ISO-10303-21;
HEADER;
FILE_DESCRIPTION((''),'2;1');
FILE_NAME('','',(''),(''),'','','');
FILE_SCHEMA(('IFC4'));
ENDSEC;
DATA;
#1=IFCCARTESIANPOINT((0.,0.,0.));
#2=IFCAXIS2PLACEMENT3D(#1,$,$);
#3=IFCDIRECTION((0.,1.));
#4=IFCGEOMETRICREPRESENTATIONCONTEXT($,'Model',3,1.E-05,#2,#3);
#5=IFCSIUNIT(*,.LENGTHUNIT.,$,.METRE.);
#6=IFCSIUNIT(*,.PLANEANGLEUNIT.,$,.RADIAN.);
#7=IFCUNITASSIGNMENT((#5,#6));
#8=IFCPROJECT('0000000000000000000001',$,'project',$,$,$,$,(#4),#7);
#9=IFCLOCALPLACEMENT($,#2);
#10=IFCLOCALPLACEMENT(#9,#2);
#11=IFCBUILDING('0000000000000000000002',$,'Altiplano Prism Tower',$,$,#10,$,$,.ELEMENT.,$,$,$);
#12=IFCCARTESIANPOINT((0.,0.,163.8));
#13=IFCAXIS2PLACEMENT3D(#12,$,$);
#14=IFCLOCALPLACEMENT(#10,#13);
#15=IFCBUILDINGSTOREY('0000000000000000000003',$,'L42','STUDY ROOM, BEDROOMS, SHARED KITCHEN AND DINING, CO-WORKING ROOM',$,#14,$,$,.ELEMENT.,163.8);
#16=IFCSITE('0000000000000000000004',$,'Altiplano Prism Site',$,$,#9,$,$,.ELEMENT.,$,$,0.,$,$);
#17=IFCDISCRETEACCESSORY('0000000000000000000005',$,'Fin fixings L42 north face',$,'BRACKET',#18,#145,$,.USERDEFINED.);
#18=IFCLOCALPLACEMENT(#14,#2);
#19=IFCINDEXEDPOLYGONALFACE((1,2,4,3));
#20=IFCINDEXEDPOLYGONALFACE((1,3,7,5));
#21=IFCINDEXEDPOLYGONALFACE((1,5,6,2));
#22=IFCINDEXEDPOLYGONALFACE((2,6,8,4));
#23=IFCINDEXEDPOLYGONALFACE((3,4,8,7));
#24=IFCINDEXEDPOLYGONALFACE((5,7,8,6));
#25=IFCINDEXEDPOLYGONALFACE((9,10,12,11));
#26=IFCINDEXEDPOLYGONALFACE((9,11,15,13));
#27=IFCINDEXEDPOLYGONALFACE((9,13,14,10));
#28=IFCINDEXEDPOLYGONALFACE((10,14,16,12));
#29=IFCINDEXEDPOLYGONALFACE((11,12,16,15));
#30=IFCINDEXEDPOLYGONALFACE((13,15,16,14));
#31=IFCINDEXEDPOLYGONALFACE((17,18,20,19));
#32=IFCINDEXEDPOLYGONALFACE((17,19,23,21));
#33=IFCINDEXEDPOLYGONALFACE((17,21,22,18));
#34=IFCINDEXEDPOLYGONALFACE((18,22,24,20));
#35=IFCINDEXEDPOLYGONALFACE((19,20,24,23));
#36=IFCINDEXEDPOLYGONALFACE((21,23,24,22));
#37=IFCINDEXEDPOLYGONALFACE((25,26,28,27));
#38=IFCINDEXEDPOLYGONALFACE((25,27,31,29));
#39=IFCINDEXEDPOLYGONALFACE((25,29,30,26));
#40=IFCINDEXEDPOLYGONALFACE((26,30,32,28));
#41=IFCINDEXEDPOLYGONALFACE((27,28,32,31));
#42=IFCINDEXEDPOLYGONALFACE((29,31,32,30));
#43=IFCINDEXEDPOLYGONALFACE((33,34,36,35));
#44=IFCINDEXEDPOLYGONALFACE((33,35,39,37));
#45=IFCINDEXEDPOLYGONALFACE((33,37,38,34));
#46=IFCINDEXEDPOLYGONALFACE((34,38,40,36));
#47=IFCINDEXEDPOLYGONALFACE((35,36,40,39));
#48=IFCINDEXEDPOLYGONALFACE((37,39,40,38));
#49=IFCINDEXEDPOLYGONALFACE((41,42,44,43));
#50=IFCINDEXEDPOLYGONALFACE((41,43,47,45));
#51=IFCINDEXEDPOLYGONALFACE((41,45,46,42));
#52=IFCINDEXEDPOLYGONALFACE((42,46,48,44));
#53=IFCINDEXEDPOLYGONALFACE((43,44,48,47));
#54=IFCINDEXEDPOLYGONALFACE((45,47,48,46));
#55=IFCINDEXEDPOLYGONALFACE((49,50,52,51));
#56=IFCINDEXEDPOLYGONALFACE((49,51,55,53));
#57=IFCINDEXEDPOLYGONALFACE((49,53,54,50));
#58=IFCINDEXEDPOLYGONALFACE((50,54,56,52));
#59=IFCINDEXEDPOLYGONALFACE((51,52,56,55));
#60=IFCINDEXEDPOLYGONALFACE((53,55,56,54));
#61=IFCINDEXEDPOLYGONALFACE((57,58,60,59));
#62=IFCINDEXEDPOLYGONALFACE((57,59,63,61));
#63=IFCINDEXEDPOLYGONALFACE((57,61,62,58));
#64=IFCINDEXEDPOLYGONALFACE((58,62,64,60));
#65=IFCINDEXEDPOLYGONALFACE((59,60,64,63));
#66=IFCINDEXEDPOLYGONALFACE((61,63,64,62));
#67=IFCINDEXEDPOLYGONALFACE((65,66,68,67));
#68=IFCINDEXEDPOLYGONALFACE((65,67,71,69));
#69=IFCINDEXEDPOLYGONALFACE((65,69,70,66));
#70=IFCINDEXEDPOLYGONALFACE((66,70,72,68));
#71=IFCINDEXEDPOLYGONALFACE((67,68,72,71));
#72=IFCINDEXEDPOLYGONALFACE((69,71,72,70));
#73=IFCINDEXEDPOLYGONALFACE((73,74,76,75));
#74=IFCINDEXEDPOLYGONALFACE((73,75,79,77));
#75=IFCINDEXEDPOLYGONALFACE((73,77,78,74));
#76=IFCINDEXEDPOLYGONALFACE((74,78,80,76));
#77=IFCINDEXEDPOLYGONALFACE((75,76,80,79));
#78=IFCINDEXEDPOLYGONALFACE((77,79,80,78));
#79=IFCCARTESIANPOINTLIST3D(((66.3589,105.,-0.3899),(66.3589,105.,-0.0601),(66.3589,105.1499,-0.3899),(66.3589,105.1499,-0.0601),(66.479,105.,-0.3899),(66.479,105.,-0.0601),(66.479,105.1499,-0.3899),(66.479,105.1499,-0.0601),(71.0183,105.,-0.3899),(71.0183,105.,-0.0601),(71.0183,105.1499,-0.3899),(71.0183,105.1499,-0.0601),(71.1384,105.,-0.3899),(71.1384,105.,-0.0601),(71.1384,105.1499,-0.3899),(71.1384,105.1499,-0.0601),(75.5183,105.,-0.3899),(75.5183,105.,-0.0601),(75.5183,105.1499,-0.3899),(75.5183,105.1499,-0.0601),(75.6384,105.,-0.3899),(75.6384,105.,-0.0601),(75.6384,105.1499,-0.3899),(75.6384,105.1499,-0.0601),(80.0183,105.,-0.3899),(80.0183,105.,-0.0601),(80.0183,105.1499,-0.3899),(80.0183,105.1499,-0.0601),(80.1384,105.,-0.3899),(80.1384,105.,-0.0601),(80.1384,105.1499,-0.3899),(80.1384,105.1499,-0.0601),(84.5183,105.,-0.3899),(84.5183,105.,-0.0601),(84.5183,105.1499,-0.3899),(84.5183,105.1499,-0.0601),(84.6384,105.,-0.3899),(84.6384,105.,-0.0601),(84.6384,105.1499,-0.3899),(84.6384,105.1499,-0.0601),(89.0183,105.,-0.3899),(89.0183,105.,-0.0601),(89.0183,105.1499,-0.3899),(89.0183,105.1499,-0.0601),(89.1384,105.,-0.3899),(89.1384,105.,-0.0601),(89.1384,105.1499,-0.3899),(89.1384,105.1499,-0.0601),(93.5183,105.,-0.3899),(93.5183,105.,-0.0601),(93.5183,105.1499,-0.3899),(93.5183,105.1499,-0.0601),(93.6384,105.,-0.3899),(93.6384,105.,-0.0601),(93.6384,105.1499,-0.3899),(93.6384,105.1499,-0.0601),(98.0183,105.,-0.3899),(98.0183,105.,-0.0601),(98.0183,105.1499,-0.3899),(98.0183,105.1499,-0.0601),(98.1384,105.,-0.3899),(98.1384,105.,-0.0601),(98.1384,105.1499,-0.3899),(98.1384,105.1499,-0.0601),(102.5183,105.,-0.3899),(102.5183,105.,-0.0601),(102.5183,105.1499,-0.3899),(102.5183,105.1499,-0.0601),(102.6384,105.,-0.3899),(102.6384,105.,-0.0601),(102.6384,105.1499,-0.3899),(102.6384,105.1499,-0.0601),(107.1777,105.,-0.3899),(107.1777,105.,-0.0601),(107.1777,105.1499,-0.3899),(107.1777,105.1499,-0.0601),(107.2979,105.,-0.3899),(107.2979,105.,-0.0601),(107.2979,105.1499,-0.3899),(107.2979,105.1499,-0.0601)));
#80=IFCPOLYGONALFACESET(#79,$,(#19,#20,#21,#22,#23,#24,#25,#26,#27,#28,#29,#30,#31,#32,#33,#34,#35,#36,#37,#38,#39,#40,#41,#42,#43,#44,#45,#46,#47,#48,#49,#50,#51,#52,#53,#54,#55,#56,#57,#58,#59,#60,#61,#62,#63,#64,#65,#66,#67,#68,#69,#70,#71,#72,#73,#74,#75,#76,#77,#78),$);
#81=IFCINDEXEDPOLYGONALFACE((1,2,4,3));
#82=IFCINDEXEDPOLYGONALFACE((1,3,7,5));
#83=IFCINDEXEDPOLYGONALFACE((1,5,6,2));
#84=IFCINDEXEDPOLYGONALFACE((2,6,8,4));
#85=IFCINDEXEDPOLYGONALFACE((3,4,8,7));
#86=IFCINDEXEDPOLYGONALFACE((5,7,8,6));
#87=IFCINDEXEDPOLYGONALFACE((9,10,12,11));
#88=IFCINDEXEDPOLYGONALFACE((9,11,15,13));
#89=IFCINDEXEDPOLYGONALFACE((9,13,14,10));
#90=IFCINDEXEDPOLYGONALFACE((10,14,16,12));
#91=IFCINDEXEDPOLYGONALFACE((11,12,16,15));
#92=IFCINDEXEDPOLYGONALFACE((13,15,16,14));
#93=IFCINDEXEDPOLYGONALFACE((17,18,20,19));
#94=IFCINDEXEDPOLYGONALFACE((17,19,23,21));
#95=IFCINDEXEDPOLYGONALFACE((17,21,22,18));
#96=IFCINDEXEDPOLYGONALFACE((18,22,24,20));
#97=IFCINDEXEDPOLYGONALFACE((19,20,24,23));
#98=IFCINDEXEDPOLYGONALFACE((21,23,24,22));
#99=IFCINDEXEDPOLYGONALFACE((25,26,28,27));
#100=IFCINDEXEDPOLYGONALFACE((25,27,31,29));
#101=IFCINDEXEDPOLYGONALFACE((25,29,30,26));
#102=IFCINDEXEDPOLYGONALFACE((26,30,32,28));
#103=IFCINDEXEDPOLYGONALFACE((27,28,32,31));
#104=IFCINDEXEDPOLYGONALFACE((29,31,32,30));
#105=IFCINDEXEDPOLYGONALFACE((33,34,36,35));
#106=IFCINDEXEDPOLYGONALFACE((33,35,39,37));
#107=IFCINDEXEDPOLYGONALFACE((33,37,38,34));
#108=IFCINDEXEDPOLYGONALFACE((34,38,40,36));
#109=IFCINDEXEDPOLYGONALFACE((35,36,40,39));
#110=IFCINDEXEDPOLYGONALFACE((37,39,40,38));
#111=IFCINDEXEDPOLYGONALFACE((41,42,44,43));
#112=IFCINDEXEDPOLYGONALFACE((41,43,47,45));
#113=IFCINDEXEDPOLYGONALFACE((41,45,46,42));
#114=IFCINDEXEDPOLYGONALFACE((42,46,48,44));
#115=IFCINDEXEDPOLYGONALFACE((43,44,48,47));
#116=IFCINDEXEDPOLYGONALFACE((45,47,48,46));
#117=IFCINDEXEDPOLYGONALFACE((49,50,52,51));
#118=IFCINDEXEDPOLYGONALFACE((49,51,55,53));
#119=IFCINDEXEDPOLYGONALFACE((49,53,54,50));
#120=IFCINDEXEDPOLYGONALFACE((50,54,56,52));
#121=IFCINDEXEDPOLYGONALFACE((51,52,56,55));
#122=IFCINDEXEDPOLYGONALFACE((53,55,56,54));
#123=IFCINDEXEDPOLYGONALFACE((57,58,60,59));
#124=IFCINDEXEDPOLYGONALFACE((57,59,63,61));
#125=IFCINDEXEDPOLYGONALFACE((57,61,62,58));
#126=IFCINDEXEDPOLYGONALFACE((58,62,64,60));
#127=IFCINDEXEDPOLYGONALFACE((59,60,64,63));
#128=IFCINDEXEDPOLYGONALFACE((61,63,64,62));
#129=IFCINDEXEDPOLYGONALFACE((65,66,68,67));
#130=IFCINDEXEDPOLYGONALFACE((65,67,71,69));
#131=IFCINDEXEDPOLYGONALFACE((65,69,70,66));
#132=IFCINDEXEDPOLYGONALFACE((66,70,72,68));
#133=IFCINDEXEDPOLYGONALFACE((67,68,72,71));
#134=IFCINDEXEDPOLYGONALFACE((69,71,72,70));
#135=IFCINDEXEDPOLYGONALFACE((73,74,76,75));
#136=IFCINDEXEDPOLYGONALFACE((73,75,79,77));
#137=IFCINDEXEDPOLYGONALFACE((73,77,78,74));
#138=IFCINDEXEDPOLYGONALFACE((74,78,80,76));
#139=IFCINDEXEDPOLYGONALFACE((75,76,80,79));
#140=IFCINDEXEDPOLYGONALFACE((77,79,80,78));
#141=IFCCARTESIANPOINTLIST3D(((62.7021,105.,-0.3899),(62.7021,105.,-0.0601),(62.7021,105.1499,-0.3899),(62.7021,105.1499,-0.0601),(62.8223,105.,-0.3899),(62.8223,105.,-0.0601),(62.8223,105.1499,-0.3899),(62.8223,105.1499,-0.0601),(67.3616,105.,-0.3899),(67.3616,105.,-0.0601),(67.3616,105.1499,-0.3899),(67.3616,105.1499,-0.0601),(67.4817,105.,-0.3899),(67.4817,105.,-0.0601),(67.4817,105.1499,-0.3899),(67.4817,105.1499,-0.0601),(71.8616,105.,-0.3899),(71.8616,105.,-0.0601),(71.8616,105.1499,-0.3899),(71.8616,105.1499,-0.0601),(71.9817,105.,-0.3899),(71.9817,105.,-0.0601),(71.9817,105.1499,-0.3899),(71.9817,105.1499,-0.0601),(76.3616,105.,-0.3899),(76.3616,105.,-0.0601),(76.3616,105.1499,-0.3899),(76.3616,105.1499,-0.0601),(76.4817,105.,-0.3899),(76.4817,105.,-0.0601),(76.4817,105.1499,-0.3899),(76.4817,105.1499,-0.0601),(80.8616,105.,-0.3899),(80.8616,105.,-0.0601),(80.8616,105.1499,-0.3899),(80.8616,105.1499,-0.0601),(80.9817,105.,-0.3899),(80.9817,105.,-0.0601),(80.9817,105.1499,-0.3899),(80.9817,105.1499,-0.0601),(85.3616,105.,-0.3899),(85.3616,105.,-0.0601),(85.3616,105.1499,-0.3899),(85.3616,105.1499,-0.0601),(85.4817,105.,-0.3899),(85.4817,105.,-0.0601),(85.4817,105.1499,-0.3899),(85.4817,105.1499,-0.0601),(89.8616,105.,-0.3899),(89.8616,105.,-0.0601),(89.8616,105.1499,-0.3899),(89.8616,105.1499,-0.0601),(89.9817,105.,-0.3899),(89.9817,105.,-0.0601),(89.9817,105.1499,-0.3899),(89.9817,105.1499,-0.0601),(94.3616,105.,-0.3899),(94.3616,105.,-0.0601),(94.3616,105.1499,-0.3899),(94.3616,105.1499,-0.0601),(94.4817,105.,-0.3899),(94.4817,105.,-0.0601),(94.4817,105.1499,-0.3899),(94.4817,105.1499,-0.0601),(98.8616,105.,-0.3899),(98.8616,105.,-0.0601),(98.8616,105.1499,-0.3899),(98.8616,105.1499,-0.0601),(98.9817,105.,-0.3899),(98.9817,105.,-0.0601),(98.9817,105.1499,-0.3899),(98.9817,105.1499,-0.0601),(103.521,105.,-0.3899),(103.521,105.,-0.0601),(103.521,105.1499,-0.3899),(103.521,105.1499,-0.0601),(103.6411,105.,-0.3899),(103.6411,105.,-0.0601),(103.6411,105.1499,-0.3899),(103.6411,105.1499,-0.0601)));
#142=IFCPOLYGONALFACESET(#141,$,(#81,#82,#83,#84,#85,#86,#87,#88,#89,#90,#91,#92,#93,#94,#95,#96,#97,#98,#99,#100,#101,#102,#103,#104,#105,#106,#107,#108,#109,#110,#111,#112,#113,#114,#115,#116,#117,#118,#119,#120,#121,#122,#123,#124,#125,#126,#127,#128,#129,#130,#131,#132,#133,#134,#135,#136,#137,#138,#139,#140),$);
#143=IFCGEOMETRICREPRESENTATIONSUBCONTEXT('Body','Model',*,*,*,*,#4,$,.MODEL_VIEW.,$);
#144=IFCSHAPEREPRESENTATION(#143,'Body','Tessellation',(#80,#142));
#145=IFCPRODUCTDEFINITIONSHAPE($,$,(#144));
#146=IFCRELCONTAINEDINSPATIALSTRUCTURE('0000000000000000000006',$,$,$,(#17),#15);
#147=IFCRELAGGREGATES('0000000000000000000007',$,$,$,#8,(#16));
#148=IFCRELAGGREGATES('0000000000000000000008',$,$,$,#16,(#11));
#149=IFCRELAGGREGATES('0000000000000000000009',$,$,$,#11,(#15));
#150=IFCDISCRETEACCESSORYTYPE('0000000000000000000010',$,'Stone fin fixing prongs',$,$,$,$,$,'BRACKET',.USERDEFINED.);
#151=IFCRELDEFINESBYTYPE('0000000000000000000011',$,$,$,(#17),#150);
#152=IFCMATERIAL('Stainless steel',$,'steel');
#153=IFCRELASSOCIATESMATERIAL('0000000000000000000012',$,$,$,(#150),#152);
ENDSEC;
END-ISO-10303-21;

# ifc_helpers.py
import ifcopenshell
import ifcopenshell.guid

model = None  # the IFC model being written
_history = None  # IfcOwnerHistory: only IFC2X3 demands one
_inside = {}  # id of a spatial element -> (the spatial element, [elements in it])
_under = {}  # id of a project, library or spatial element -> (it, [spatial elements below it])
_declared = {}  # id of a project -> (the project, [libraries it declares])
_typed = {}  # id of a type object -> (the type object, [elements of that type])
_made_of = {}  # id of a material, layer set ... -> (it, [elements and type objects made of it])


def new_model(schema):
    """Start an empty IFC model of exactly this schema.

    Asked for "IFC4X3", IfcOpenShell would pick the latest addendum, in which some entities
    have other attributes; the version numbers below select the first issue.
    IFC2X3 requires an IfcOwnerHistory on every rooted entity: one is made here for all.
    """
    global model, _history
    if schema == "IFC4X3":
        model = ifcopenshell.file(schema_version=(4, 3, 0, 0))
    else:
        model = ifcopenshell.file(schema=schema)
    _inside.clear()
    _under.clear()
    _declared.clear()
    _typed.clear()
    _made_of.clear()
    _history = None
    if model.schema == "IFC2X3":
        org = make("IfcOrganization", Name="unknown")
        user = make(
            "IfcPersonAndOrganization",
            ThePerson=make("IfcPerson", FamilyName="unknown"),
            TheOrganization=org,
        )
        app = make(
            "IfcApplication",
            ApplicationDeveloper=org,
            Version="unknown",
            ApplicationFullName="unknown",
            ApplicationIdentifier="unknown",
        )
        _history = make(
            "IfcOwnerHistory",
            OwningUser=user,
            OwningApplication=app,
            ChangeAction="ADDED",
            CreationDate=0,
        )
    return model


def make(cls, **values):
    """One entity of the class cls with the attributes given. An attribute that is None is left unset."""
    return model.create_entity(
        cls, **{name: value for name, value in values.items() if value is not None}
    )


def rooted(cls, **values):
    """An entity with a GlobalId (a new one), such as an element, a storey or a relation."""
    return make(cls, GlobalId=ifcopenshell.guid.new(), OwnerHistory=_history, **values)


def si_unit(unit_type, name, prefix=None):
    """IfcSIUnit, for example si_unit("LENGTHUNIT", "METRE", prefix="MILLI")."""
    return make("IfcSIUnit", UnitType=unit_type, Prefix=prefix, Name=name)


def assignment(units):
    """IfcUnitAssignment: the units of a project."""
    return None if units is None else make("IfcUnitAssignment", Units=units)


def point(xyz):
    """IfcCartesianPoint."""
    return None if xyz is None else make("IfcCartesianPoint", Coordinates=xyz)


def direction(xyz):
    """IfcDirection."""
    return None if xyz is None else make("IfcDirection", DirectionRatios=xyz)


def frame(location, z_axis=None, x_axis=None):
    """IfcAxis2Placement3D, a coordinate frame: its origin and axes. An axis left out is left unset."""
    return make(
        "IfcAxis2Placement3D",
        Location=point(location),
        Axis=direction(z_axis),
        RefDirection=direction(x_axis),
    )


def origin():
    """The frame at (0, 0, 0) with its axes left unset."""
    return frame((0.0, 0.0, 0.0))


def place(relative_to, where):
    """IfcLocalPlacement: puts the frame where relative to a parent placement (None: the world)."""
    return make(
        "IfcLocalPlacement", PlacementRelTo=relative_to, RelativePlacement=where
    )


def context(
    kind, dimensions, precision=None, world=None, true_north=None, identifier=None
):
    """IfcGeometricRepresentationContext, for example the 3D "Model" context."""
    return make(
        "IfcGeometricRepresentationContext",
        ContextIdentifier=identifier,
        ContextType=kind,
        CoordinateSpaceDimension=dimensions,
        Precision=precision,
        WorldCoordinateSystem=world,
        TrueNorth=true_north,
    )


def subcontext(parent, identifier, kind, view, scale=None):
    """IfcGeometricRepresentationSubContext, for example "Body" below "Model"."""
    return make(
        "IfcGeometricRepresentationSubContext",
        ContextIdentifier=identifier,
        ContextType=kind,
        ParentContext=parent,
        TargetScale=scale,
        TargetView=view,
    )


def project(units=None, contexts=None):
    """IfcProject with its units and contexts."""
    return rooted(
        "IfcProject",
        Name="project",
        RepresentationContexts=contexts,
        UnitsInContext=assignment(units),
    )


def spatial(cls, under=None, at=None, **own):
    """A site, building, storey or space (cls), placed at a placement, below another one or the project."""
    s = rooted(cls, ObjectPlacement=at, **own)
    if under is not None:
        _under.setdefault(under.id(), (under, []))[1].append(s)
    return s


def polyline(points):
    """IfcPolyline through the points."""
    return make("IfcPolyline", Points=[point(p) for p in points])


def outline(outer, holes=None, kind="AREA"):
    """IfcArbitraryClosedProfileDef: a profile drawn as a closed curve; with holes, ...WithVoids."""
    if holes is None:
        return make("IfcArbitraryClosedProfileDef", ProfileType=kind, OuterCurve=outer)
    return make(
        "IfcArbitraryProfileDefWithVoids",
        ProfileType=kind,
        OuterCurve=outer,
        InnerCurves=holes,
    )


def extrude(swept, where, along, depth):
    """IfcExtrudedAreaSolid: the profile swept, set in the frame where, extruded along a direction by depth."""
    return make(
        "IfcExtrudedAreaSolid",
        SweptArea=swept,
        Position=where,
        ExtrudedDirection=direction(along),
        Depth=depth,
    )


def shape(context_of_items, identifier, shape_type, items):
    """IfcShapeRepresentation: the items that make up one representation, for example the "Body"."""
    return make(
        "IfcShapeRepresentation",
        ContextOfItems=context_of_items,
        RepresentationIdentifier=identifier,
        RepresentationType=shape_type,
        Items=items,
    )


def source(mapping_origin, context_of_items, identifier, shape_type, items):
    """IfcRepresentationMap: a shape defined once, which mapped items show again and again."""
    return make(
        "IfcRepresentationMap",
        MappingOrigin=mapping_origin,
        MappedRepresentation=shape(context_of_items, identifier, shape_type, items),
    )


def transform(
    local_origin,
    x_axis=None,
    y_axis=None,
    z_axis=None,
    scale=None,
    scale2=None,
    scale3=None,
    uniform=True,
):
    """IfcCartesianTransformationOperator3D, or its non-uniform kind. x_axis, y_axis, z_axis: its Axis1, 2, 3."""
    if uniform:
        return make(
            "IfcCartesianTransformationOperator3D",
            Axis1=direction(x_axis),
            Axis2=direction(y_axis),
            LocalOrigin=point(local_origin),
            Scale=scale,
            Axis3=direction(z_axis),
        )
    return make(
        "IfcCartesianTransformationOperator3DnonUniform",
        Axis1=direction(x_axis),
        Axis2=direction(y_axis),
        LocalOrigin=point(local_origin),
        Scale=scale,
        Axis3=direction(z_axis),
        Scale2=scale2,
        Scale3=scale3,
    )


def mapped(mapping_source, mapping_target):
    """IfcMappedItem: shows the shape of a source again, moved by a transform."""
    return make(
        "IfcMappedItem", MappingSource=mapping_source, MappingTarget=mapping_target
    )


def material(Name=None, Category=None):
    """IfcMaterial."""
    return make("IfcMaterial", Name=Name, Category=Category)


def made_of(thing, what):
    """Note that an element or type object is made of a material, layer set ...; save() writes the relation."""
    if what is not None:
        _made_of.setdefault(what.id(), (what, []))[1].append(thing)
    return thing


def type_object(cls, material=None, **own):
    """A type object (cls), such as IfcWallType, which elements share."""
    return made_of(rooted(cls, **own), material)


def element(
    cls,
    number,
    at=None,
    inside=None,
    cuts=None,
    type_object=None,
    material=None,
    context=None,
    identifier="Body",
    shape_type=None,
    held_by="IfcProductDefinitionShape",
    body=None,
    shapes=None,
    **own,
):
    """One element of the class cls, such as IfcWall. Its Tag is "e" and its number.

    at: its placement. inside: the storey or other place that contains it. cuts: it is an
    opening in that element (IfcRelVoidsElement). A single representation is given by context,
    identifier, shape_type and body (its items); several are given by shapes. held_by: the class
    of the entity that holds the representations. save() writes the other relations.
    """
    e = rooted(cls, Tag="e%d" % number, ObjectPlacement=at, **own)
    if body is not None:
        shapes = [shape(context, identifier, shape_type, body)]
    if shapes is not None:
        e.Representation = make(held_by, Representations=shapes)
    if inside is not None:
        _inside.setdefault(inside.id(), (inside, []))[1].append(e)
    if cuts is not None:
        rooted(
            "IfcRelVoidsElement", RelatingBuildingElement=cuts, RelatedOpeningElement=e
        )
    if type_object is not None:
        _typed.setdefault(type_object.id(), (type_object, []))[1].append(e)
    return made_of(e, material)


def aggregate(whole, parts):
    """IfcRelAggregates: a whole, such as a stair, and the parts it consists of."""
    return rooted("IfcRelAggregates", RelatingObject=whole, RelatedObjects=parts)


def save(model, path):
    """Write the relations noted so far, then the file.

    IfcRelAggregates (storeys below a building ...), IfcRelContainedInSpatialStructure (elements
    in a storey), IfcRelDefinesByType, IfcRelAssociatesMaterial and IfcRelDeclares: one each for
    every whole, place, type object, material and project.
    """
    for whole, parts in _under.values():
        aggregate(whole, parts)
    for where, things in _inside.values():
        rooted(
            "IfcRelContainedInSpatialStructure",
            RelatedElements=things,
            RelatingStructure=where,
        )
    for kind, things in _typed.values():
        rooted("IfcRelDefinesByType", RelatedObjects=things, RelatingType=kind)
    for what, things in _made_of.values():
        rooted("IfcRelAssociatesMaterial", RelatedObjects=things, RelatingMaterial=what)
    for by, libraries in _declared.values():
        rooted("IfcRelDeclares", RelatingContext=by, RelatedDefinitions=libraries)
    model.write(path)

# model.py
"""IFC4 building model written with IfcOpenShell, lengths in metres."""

from ifc_helpers import new_model, si_unit, direction, frame, origin, place, context, subcontext, project, spatial, polyline, outline, extrude, source, transform, mapped, material, type_object, element, save


model = new_model("IFC4")

# Units and contexts
model_context = context("Model", 3, precision=1e-05, world=origin(), true_north=direction((0.0, 1.0)))
body_context = subcontext(model_context, "Body", "Model", "MODEL_VIEW")
ifc_project = project(units=[si_unit("LENGTHUNIT", "METRE"), si_unit("PLANEANGLEUNIT", "RADIAN")], contexts=[model_context])

# Site, building, storey
site_placement = place(None, origin())
site = spatial("IfcSite", under=ifc_project, at=site_placement, Name="Altiplano Prism Site", CompositionType="ELEMENT", RefElevation=0.0)
building_placement = place(site_placement, origin())
building = spatial("IfcBuilding", under=site, at=building_placement, Name="Altiplano Prism Tower", CompositionType="ELEMENT")
storey_placement = place(building_placement, frame((0.0, 0.0, 163.8)))
storey = spatial("IfcBuildingStorey", under=building, at=storey_placement, Name="L42", Description="STUDY ROOM, BEDROOMS, SHARED KITCHEN AND DINING, CO-WORKING ROOM", CompositionType="ELEMENT", Elevation=163.8)

# Discrete accessory
ifc_material_1 = material(Name="Stainless steel", Category="steel")
discrete_accessory_type = type_object("IfcDiscreteAccessoryType", Name="Stone fin fixing prongs", ElementType="BRACKET", PredefinedType="USERDEFINED", material=ifc_material_1)
shared_shape_1 = source(origin(), body_context, "Body", "SweptSolid", [
    extrude(outline(polyline([(-1.8884, 0.0601), (-1.7683, 0.0601), (-1.7683, 0.3899), (-1.8884, 0.3899), (-1.8884, 0.0601)])), frame((0.0, 0.0, 0.0), z_axis=(0.0, -1.0, 0.0), x_axis=(1.0, 0.0, 0.0)), (0.0, 0.0, 1.0), 0.1499),
    extrude(outline(polyline([(1.7683, 0.0601), (1.8884, 0.0601), (1.8884, 0.3899), (1.7683, 0.3899), (1.7683, 0.0601)])), frame((0.0, 0.0, 0.0), z_axis=(0.0, -1.0, 0.0), x_axis=(1.0, 0.0, 0.0)), (0.0, 0.0, 1.0), 0.1499),
])
shared_shape_2 = source(origin(), body_context, "Body", "SweptSolid", [
    extrude(outline(polyline([(-1.8884, 0.0601), (-1.7683, 0.0601), (-1.7683, 0.3899), (-1.8884, 0.3899), (-1.8884, 0.0601)])), frame((0.0, 0.0, 0.0), z_axis=(0.0, -1.0, 0.0), x_axis=(1.0, 0.0, 0.0)), (0.0, 0.0, 1.0), 0.1499),
    extrude(outline(polyline([(1.7683, 0.0601), (1.8884, 0.0601), (1.8884, 0.3899), (1.7683, 0.3899), (1.7683, 0.0601)])), frame((0.0, 0.0, 0.0), z_axis=(0.0, -1.0, 0.0), x_axis=(1.0, 0.0, 0.0)), (0.0, 0.0, 1.0), 0.1499),
])
discrete_accessory_1_placement = place(storey_placement, origin())
element("IfcDiscreteAccessory", 1, at=discrete_accessory_1_placement, inside=storey, type_object=discrete_accessory_type, Name="Fin fixings L42 north face", ObjectType="BRACKET", PredefinedType="USERDEFINED", context=body_context, shape_type="MappedRepresentation", body=[
    mapped(shared_shape_1, transform((105.4094, 105.0, -0.45), x_axis=(-1.0, 0.0, 0.0), y_axis=(0.0, -1.0, 0.0), z_axis=(0.0, 0.0, 1.0))),
    mapped(shared_shape_2, transform((100.75, 105.0, -0.45), x_axis=(-1.0, 0.0, 0.0), y_axis=(0.0, -1.0, 0.0), z_axis=(0.0, 0.0, 1.0))),
    mapped(shared_shape_2, transform((96.25, 105.0, -0.45), x_axis=(-1.0, 0.0, 0.0), y_axis=(0.0, -1.0, 0.0), z_axis=(0.0, 0.0, 1.0))),
    mapped(shared_shape_2, transform((91.75, 105.0, -0.45), x_axis=(-1.0, 0.0, 0.0), y_axis=(0.0, -1.0, 0.0), z_axis=(0.0, 0.0, 1.0))),
    mapped(shared_shape_2, transform((87.25, 105.0, -0.45), x_axis=(-1.0, 0.0, 0.0), y_axis=(0.0, -1.0, 0.0), z_axis=(0.0, 0.0, 1.0))),
    mapped(shared_shape_2, transform((82.75, 105.0, -0.45), x_axis=(-1.0, 0.0, 0.0), y_axis=(0.0, -1.0, 0.0), z_axis=(0.0, 0.0, 1.0))),
    mapped(shared_shape_2, transform((78.25, 105.0, -0.45), x_axis=(-1.0, 0.0, 0.0), y_axis=(0.0, -1.0, 0.0), z_axis=(0.0, 0.0, 1.0))),
    mapped(shared_shape_2, transform((73.75, 105.0, -0.45), x_axis=(-1.0, 0.0, 0.0), y_axis=(0.0, -1.0, 0.0), z_axis=(0.0, 0.0, 1.0))),
    mapped(shared_shape_2, transform((69.25, 105.0, -0.45), x_axis=(-1.0, 0.0, 0.0), y_axis=(0.0, -1.0, 0.0), z_axis=(0.0, 0.0, 1.0))),
    mapped(shared_shape_1, transform((64.5906, 105.0, -0.45), x_axis=(-1.0, 0.0, 0.0), y_axis=(0.0, -1.0, 0.0), z_axis=(0.0, 0.0, 1.0))),
])

save(model, "model.ifc")
